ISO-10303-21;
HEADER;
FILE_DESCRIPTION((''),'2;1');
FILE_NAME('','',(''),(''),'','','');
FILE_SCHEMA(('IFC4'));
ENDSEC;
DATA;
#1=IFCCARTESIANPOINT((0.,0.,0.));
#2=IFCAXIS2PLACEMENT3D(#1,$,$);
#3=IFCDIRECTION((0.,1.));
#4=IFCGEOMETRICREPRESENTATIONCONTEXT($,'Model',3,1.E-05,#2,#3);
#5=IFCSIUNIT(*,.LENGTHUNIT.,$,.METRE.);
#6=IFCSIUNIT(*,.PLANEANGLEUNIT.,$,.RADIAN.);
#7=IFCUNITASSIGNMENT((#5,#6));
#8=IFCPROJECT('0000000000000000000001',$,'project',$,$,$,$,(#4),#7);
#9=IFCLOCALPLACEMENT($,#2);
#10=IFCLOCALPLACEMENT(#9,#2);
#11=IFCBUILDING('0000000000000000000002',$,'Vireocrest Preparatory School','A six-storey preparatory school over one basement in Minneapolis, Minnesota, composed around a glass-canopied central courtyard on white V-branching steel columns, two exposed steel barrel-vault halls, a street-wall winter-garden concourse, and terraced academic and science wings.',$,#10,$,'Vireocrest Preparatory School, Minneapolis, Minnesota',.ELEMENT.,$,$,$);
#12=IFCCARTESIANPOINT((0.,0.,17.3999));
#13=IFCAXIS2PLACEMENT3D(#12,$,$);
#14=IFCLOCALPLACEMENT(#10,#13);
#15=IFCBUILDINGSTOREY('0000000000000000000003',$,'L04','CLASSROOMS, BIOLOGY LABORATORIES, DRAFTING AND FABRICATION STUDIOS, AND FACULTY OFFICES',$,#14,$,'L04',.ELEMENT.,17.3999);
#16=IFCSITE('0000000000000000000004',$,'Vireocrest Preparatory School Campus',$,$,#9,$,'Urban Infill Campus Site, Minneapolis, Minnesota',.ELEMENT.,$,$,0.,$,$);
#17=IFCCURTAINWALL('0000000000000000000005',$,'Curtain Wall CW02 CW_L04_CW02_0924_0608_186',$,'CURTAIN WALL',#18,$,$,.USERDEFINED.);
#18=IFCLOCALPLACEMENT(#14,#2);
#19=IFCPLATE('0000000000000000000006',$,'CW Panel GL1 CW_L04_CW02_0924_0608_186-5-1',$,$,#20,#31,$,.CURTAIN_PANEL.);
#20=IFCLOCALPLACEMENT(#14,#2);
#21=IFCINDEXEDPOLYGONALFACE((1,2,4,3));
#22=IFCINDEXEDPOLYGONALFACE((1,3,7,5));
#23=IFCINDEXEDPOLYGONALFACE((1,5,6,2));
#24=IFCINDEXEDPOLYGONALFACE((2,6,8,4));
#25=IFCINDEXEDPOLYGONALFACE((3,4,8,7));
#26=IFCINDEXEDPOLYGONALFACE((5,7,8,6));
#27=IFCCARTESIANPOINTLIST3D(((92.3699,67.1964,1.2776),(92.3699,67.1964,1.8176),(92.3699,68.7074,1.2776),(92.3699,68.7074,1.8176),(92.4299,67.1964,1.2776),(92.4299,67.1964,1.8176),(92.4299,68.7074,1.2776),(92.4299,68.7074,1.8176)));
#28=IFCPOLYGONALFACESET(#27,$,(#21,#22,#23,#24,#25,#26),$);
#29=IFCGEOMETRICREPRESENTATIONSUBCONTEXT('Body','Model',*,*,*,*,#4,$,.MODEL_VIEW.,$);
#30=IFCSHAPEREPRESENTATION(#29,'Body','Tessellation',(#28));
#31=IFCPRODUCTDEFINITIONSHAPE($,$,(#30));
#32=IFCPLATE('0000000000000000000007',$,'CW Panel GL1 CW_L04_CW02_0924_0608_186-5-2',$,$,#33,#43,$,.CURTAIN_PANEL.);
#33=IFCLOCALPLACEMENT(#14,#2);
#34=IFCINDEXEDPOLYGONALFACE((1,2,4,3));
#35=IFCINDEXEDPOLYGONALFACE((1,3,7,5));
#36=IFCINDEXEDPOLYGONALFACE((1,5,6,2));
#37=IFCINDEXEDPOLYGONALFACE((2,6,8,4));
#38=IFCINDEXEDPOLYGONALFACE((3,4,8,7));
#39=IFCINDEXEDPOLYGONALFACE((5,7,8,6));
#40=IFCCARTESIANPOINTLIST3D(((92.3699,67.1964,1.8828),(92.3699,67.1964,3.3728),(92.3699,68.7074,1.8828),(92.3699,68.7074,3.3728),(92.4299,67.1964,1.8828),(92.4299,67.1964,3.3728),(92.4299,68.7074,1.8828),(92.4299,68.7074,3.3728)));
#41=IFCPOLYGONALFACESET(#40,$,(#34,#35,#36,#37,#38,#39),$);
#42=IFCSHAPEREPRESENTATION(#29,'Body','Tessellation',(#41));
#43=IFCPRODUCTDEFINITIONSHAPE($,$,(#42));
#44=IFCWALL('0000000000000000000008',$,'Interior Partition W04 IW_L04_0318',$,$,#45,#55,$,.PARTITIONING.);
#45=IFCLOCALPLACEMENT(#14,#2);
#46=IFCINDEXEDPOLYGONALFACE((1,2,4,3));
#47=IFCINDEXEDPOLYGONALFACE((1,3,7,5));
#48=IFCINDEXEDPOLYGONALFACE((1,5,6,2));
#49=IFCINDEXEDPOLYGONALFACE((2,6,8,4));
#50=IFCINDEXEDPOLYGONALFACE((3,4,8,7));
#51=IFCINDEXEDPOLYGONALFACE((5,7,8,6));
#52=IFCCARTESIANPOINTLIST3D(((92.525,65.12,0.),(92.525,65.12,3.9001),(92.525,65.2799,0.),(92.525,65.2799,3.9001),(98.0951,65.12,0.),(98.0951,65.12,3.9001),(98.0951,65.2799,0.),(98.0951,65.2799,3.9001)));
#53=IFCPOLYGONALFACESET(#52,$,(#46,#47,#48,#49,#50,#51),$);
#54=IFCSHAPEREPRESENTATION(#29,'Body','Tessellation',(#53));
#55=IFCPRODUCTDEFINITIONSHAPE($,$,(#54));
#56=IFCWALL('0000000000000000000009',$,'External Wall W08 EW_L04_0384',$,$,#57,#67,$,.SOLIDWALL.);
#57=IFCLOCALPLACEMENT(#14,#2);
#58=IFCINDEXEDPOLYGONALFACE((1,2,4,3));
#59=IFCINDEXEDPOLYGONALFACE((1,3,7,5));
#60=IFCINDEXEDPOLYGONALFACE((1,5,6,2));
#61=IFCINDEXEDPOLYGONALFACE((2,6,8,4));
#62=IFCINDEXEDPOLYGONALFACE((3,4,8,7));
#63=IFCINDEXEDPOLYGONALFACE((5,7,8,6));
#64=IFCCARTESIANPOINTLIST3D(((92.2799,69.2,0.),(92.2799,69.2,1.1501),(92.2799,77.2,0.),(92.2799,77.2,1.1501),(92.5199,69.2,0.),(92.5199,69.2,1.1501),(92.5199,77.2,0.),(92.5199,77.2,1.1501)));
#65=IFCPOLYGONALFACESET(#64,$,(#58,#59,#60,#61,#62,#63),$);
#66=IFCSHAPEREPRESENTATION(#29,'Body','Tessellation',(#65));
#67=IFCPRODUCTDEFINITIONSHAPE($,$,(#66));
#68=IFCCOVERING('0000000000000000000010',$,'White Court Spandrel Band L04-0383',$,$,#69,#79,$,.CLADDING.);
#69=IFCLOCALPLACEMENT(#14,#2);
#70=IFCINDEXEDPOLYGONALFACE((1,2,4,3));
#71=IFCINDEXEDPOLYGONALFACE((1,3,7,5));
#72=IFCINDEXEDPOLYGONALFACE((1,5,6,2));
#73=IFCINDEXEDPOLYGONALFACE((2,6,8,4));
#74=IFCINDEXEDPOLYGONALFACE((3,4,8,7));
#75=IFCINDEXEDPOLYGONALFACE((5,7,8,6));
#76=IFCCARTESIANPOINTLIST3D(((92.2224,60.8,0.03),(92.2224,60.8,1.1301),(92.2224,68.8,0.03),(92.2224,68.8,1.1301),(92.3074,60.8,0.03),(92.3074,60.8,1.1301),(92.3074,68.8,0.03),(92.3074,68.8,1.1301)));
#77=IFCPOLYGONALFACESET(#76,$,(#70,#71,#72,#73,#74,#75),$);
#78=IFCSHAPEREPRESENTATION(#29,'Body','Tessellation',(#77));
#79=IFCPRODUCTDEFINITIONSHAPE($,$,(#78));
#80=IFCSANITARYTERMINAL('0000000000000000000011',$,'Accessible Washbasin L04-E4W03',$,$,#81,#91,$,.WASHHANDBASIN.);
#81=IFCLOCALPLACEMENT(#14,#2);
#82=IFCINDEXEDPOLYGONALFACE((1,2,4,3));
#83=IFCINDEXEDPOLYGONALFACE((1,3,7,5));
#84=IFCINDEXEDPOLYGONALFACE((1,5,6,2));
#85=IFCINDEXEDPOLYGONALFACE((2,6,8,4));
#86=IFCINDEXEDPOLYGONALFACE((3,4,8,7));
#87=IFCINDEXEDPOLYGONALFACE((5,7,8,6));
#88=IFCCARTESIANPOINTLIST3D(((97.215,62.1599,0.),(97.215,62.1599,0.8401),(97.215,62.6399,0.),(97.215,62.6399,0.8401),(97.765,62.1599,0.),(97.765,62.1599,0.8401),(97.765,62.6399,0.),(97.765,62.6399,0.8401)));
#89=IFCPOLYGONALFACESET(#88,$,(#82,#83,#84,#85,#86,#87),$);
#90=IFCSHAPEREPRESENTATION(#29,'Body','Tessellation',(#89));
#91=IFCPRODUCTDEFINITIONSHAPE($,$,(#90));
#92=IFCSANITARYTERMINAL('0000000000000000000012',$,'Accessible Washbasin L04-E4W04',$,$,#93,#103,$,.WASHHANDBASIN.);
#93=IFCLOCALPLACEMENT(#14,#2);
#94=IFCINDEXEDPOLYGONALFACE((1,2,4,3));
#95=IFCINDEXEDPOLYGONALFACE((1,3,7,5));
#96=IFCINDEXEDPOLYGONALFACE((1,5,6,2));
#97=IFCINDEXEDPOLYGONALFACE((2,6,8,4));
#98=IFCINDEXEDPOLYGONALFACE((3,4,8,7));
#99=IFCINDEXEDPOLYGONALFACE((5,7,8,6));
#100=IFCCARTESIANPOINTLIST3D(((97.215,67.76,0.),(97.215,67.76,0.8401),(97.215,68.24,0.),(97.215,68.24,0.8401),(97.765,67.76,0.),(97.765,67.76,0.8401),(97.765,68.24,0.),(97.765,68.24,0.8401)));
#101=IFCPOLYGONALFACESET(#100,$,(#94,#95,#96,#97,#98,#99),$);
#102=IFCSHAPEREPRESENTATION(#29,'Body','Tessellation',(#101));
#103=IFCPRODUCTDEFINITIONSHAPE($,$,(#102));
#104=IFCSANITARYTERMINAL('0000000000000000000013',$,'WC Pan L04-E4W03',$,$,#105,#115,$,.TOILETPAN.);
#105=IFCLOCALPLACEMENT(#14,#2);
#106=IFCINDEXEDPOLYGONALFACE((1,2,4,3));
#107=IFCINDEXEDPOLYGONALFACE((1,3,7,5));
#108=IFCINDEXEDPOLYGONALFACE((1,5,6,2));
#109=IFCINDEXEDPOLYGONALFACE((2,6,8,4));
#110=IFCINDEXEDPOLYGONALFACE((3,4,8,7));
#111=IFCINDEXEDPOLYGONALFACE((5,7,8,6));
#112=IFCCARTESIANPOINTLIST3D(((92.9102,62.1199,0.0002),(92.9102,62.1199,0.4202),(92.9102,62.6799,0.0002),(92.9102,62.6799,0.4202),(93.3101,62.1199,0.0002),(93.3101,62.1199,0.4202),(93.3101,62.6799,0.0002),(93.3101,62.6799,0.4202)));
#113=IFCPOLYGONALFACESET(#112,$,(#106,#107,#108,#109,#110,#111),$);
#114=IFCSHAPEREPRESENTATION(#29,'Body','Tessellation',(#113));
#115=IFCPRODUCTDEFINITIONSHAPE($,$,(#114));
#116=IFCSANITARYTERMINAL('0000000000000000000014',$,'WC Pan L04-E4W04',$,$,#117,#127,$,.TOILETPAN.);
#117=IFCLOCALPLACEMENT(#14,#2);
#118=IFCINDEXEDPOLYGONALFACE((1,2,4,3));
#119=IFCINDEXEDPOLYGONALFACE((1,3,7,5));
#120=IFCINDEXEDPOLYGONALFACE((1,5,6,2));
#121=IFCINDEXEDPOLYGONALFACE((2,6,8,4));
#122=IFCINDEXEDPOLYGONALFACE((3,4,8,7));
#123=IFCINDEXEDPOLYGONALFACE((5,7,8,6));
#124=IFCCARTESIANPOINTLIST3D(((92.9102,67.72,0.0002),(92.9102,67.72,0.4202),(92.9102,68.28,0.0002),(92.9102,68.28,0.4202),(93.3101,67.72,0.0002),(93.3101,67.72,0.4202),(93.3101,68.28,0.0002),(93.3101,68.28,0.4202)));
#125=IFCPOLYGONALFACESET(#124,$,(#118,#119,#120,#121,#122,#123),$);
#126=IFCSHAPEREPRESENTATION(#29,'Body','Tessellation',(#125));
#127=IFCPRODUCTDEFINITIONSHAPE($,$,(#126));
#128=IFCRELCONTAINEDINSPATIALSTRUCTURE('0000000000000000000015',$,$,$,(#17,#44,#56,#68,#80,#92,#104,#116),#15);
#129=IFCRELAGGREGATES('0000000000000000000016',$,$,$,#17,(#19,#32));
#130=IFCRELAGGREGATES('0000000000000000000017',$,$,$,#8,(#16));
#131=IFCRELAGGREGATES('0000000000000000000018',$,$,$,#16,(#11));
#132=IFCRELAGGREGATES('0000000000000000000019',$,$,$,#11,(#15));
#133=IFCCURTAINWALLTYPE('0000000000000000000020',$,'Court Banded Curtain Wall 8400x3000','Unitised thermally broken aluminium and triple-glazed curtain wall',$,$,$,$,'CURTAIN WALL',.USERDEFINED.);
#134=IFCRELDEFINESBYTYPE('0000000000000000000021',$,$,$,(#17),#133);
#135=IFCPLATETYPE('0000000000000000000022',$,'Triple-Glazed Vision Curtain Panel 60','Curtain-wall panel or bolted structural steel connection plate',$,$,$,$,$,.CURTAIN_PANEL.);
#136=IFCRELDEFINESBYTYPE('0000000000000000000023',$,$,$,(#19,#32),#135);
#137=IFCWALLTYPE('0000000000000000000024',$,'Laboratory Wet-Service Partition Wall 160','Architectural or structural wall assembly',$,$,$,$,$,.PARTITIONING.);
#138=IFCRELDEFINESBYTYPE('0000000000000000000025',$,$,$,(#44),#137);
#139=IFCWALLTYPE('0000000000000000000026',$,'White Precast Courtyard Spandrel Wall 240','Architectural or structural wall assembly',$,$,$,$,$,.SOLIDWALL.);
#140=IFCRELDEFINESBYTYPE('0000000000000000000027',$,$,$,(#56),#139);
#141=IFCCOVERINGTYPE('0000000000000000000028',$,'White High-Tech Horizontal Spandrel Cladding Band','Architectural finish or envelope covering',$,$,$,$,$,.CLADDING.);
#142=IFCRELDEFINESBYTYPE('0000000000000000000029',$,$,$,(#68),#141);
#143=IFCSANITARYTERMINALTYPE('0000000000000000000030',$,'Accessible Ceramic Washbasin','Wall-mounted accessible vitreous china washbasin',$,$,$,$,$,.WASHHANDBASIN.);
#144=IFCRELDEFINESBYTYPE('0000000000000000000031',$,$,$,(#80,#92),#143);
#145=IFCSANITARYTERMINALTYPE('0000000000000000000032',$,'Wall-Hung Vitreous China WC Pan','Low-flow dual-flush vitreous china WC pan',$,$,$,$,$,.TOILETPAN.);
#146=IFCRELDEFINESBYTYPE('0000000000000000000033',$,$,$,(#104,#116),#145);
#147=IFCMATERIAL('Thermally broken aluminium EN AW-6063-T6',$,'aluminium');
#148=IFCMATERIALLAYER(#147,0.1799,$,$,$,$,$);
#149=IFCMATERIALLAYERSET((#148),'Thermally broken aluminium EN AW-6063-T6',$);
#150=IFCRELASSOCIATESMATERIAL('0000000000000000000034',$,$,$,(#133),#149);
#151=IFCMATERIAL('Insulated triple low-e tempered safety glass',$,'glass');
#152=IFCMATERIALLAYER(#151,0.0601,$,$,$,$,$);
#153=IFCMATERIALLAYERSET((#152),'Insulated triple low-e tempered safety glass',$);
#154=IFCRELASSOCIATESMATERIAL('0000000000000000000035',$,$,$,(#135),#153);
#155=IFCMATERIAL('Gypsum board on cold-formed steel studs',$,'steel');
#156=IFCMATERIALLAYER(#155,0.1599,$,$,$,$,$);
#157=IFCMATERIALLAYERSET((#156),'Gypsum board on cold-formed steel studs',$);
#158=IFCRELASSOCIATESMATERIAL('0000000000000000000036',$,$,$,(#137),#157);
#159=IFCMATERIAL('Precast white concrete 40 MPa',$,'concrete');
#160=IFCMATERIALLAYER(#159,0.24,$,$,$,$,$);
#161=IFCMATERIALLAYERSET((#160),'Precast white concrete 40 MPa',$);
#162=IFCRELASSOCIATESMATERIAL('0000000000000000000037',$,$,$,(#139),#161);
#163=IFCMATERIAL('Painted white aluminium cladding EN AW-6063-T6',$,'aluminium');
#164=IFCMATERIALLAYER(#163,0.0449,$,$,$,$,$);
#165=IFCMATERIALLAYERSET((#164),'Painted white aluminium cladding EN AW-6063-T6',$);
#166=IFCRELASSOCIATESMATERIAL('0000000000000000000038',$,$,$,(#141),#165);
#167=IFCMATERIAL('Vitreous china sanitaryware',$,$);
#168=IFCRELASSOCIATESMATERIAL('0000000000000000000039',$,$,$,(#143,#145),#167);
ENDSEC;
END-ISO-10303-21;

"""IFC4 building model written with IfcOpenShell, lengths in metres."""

from ifc_helpers import new_model, si_unit, direction, frame, frame_2d, origin, origin_2d, place, context, subcontext, project, spatial, rectangle, extrude, material, layer, layer_set, type_object, element, aggregate, save


model = new_model("IFC4")

# Units and contexts
model_context = context("Model", 3, precision=1e-05, world=origin(), true_north=direction((0.0, 1.0)))
body_context = subcontext(model_context, "Body", "Model", "MODEL_VIEW")
ifc_project = project(units=[si_unit("LENGTHUNIT", "METRE"), si_unit("PLANEANGLEUNIT", "RADIAN")], contexts=[model_context])

# Site, building, storey
site_placement = place(None, origin())
site = spatial("IfcSite", under=ifc_project, at=site_placement, Name="Vireocrest Preparatory School Campus", LongName="Urban Infill Campus Site, Minneapolis, Minnesota", CompositionType="ELEMENT", RefElevation=0.0)
building_placement = place(site_placement, origin())
building = spatial("IfcBuilding", under=site, at=building_placement, Name="Vireocrest Preparatory School", Description="A six-storey preparatory school over one basement in Minneapolis, Minnesota, composed around a glass-canopied central courtyard on white V-branching steel columns, two exposed steel barrel-vault halls, a street-wall winter-garden concourse, and terraced academic and science wings.", LongName="Vireocrest Preparatory School, Minneapolis, Minnesota", CompositionType="ELEMENT")
storey_placement = place(building_placement, frame((0.0, 0.0, 17.3999)))
storey = spatial("IfcBuildingStorey", under=building, at=storey_placement, Name="L04", Description="CLASSROOMS, BIOLOGY LABORATORIES, DRAFTING AND FABRICATION STUDIOS, AND FACULTY OFFICES", LongName="L04", CompositionType="ELEMENT", Elevation=17.3999)

# Curtain wall
ifc_material_1 = material(Name="Thermally broken aluminium EN AW-6063-T6", Category="aluminium")
ifc_layer_1 = layer(ifc_material_1, 0.1799)
ifc_layer_set_1 = layer_set([ifc_layer_1], Name="Thermally broken aluminium EN AW-6063-T6")
curtain_wall_type = type_object("IfcCurtainWallType", Name="Court Banded Curtain Wall 8400x3000", Description="Unitised thermally broken aluminium and triple-glazed curtain wall", ElementType="CURTAIN WALL", PredefinedType="USERDEFINED", material=ifc_layer_set_1)
curtain_wall_1_placement = place(storey_placement, origin())
curtain_wall_1 = element("IfcCurtainWall", 1, at=curtain_wall_1_placement, inside=storey, type_object=curtain_wall_type, Name="Curtain Wall CW02 CW_L04_CW02_0924_0608_186", ObjectType="CURTAIN WALL", PredefinedType="USERDEFINED")

# Plates
ifc_material_2 = material(Name="Insulated triple low-e tempered safety glass", Category="glass")
ifc_layer_2 = layer(ifc_material_2, 0.0601)
ifc_layer_set_2 = layer_set([ifc_layer_2], Name="Insulated triple low-e tempered safety glass")
plate_type = type_object("IfcPlateType", Name="Triple-Glazed Vision Curtain Panel 60", Description="Curtain-wall panel or bolted structural steel connection plate", PredefinedType="CURTAIN_PANEL", material=ifc_layer_set_2)
plate_1_placement = place(storey_placement, frame((92.3999, 67.9519, 1.2776), z_axis=(0.0, 0.0, 1.0), x_axis=(0.0, 1.0, 0.0)))
plate_1 = element("IfcPlate", 2, at=plate_1_placement, type_object=plate_type, Name="CW Panel GL1 CW_L04_CW02_0924_0608_186-5-1", PredefinedType="CURTAIN_PANEL", context=body_context, shape_type="SweptSolid", body=[
    extrude(rectangle(XDim=1.511, YDim=0.0601, at=origin_2d()), origin(), (0.0, 0.0, 1.0), 0.54),
])
plate_2_placement = place(storey_placement, frame((92.3999, 67.9519, 1.8828), z_axis=(0.0, 0.0, 1.0), x_axis=(0.0, 1.0, 0.0)))
plate_2 = element("IfcPlate", 3, at=plate_2_placement, type_object=plate_type, Name="CW Panel GL1 CW_L04_CW02_0924_0608_186-5-2", PredefinedType="CURTAIN_PANEL", context=body_context, shape_type="SweptSolid", body=[
    extrude(rectangle(XDim=1.511, YDim=0.0601, at=origin_2d()), origin(), (0.0, 0.0, 1.0), 1.49),
])
aggregate(curtain_wall_1, [plate_1, plate_2])

# Walls
ifc_material_3 = material(Name="Gypsum board on cold-formed steel studs", Category="steel")
ifc_layer_3 = layer(ifc_material_3, 0.1599)
ifc_layer_set_3 = layer_set([ifc_layer_3], Name="Gypsum board on cold-formed steel studs")
wall_type_1 = type_object("IfcWallType", Name="Laboratory Wet-Service Partition Wall 160", Description="Architectural or structural wall assembly", PredefinedType="PARTITIONING", material=ifc_layer_set_3)
wall_1_placement = place(storey_placement, frame((92.5249, 65.2, 0.0), z_axis=(0.0, 0.0, 1.0), x_axis=(1.0, 0.0, 0.0)))
element("IfcWall", 4, at=wall_1_placement, inside=storey, type_object=wall_type_1, Name="Interior Partition W04 IW_L04_0318", PredefinedType="PARTITIONING", context=body_context, shape_type="SweptSolid", body=[
    extrude(rectangle(XDim=5.5701, YDim=0.1599, at=frame_2d((2.7852, 0.0))), origin(), (0.0, 0.0, 1.0), 3.9001),
])
ifc_material_4 = material(Name="Precast white concrete 40 MPa", Category="concrete")
ifc_layer_4 = layer(ifc_material_4, 0.24)
ifc_layer_set_4 = layer_set([ifc_layer_4], Name="Precast white concrete 40 MPa")
wall_type_2 = type_object("IfcWallType", Name="White Precast Courtyard Spandrel Wall 240", Description="Architectural or structural wall assembly", PredefinedType="SOLIDWALL", material=ifc_layer_set_4)
wall_2_placement = place(storey_placement, frame((92.3999, 69.2, 0.0), z_axis=(0.0, 0.0, 1.0), x_axis=(0.0, 1.0, 0.0)))
element("IfcWall", 5, at=wall_2_placement, inside=storey, type_object=wall_type_2, Name="External Wall W08 EW_L04_0384", PredefinedType="SOLIDWALL", context=body_context, shape_type="SweptSolid", body=[
    extrude(rectangle(XDim=8.0, YDim=0.24, at=frame_2d((4.0, 0.0))), origin(), (0.0, 0.0, 1.0), 1.1501),
])

# Covering
ifc_material_5 = material(Name="Painted white aluminium cladding EN AW-6063-T6", Category="aluminium")
ifc_layer_5 = layer(ifc_material_5, 0.0449)
ifc_layer_set_5 = layer_set([ifc_layer_5], Name="Painted white aluminium cladding EN AW-6063-T6")
covering_type = type_object("IfcCoveringType", Name="White High-Tech Horizontal Spandrel Cladding Band", Description="Architectural finish or envelope covering", PredefinedType="CLADDING", material=ifc_layer_set_5)
covering_placement = place(storey_placement, frame((92.2649, 64.8, 0.03), z_axis=(0.0, 0.0, 1.0), x_axis=(1.0, 0.0, 0.0)))
element("IfcCovering", 6, at=covering_placement, inside=storey, type_object=covering_type, Name="White Court Spandrel Band L04-0383", PredefinedType="CLADDING", context=body_context, shape_type="SweptSolid", body=[
    extrude(rectangle(XDim=0.085, YDim=8.0, at=origin_2d()), origin(), (0.0, 0.0, 1.0), 1.1001),
])

# Sanitary terminals
ifc_material_6 = material(Name="Vitreous china sanitaryware")
sanitary_terminal_type_1 = type_object("IfcSanitaryTerminalType", Name="Accessible Ceramic Washbasin", Description="Wall-mounted accessible vitreous china washbasin", PredefinedType="WASHHANDBASIN", material=ifc_material_6)
for number, where, z_axis, x_axis, name in (
    (7, (97.49, 62.3999, 0.0), (0.0, 0.0, 1.0), (1.0, 0.0, 0.0), "Accessible Washbasin L04-E4W03"),
    (8, (97.49, 68.0, 0.0), (0.0, 0.0, 1.0), (1.0, 0.0, 0.0), "Accessible Washbasin L04-E4W04"),
):
    element("IfcSanitaryTerminal", number, at=place(storey_placement, frame(where, z_axis=z_axis, x_axis=x_axis)), inside=storey, type_object=sanitary_terminal_type_1, Name=name, PredefinedType="WASHHANDBASIN", context=body_context, shape_type="SweptSolid", body=[
        extrude(rectangle(XDim=0.55, YDim=0.48, at=origin_2d()), origin(), (0.0, 0.0, 1.0), 0.8401),
    ])
sanitary_terminal_type_2 = type_object("IfcSanitaryTerminalType", Name="Wall-Hung Vitreous China WC Pan", Description="Low-flow dual-flush vitreous china WC pan", PredefinedType="TOILETPAN", material=ifc_material_6)
for number, where, z_axis, x_axis, name in (
    (9, (93.1101, 62.3999, 0.0002), (0.0, 0.0, 1.0), (1.0, 0.0, 0.0), "WC Pan L04-E4W03"),
    (10, (93.1101, 68.0, 0.0002), (0.0, 0.0, 1.0), (1.0, 0.0, 0.0), "WC Pan L04-E4W04"),
):
    element("IfcSanitaryTerminal", number, at=place(storey_placement, frame(where, z_axis=z_axis, x_axis=x_axis)), inside=storey, type_object=sanitary_terminal_type_2, Name=name, PredefinedType="TOILETPAN", context=body_context, shape_type="SweptSolid", body=[
        extrude(rectangle(XDim=0.3999, YDim=0.5601, at=origin_2d()), origin(), (0.0, 0.0, 1.0), 0.4199),
    ])

save(model, "model.ifc")
